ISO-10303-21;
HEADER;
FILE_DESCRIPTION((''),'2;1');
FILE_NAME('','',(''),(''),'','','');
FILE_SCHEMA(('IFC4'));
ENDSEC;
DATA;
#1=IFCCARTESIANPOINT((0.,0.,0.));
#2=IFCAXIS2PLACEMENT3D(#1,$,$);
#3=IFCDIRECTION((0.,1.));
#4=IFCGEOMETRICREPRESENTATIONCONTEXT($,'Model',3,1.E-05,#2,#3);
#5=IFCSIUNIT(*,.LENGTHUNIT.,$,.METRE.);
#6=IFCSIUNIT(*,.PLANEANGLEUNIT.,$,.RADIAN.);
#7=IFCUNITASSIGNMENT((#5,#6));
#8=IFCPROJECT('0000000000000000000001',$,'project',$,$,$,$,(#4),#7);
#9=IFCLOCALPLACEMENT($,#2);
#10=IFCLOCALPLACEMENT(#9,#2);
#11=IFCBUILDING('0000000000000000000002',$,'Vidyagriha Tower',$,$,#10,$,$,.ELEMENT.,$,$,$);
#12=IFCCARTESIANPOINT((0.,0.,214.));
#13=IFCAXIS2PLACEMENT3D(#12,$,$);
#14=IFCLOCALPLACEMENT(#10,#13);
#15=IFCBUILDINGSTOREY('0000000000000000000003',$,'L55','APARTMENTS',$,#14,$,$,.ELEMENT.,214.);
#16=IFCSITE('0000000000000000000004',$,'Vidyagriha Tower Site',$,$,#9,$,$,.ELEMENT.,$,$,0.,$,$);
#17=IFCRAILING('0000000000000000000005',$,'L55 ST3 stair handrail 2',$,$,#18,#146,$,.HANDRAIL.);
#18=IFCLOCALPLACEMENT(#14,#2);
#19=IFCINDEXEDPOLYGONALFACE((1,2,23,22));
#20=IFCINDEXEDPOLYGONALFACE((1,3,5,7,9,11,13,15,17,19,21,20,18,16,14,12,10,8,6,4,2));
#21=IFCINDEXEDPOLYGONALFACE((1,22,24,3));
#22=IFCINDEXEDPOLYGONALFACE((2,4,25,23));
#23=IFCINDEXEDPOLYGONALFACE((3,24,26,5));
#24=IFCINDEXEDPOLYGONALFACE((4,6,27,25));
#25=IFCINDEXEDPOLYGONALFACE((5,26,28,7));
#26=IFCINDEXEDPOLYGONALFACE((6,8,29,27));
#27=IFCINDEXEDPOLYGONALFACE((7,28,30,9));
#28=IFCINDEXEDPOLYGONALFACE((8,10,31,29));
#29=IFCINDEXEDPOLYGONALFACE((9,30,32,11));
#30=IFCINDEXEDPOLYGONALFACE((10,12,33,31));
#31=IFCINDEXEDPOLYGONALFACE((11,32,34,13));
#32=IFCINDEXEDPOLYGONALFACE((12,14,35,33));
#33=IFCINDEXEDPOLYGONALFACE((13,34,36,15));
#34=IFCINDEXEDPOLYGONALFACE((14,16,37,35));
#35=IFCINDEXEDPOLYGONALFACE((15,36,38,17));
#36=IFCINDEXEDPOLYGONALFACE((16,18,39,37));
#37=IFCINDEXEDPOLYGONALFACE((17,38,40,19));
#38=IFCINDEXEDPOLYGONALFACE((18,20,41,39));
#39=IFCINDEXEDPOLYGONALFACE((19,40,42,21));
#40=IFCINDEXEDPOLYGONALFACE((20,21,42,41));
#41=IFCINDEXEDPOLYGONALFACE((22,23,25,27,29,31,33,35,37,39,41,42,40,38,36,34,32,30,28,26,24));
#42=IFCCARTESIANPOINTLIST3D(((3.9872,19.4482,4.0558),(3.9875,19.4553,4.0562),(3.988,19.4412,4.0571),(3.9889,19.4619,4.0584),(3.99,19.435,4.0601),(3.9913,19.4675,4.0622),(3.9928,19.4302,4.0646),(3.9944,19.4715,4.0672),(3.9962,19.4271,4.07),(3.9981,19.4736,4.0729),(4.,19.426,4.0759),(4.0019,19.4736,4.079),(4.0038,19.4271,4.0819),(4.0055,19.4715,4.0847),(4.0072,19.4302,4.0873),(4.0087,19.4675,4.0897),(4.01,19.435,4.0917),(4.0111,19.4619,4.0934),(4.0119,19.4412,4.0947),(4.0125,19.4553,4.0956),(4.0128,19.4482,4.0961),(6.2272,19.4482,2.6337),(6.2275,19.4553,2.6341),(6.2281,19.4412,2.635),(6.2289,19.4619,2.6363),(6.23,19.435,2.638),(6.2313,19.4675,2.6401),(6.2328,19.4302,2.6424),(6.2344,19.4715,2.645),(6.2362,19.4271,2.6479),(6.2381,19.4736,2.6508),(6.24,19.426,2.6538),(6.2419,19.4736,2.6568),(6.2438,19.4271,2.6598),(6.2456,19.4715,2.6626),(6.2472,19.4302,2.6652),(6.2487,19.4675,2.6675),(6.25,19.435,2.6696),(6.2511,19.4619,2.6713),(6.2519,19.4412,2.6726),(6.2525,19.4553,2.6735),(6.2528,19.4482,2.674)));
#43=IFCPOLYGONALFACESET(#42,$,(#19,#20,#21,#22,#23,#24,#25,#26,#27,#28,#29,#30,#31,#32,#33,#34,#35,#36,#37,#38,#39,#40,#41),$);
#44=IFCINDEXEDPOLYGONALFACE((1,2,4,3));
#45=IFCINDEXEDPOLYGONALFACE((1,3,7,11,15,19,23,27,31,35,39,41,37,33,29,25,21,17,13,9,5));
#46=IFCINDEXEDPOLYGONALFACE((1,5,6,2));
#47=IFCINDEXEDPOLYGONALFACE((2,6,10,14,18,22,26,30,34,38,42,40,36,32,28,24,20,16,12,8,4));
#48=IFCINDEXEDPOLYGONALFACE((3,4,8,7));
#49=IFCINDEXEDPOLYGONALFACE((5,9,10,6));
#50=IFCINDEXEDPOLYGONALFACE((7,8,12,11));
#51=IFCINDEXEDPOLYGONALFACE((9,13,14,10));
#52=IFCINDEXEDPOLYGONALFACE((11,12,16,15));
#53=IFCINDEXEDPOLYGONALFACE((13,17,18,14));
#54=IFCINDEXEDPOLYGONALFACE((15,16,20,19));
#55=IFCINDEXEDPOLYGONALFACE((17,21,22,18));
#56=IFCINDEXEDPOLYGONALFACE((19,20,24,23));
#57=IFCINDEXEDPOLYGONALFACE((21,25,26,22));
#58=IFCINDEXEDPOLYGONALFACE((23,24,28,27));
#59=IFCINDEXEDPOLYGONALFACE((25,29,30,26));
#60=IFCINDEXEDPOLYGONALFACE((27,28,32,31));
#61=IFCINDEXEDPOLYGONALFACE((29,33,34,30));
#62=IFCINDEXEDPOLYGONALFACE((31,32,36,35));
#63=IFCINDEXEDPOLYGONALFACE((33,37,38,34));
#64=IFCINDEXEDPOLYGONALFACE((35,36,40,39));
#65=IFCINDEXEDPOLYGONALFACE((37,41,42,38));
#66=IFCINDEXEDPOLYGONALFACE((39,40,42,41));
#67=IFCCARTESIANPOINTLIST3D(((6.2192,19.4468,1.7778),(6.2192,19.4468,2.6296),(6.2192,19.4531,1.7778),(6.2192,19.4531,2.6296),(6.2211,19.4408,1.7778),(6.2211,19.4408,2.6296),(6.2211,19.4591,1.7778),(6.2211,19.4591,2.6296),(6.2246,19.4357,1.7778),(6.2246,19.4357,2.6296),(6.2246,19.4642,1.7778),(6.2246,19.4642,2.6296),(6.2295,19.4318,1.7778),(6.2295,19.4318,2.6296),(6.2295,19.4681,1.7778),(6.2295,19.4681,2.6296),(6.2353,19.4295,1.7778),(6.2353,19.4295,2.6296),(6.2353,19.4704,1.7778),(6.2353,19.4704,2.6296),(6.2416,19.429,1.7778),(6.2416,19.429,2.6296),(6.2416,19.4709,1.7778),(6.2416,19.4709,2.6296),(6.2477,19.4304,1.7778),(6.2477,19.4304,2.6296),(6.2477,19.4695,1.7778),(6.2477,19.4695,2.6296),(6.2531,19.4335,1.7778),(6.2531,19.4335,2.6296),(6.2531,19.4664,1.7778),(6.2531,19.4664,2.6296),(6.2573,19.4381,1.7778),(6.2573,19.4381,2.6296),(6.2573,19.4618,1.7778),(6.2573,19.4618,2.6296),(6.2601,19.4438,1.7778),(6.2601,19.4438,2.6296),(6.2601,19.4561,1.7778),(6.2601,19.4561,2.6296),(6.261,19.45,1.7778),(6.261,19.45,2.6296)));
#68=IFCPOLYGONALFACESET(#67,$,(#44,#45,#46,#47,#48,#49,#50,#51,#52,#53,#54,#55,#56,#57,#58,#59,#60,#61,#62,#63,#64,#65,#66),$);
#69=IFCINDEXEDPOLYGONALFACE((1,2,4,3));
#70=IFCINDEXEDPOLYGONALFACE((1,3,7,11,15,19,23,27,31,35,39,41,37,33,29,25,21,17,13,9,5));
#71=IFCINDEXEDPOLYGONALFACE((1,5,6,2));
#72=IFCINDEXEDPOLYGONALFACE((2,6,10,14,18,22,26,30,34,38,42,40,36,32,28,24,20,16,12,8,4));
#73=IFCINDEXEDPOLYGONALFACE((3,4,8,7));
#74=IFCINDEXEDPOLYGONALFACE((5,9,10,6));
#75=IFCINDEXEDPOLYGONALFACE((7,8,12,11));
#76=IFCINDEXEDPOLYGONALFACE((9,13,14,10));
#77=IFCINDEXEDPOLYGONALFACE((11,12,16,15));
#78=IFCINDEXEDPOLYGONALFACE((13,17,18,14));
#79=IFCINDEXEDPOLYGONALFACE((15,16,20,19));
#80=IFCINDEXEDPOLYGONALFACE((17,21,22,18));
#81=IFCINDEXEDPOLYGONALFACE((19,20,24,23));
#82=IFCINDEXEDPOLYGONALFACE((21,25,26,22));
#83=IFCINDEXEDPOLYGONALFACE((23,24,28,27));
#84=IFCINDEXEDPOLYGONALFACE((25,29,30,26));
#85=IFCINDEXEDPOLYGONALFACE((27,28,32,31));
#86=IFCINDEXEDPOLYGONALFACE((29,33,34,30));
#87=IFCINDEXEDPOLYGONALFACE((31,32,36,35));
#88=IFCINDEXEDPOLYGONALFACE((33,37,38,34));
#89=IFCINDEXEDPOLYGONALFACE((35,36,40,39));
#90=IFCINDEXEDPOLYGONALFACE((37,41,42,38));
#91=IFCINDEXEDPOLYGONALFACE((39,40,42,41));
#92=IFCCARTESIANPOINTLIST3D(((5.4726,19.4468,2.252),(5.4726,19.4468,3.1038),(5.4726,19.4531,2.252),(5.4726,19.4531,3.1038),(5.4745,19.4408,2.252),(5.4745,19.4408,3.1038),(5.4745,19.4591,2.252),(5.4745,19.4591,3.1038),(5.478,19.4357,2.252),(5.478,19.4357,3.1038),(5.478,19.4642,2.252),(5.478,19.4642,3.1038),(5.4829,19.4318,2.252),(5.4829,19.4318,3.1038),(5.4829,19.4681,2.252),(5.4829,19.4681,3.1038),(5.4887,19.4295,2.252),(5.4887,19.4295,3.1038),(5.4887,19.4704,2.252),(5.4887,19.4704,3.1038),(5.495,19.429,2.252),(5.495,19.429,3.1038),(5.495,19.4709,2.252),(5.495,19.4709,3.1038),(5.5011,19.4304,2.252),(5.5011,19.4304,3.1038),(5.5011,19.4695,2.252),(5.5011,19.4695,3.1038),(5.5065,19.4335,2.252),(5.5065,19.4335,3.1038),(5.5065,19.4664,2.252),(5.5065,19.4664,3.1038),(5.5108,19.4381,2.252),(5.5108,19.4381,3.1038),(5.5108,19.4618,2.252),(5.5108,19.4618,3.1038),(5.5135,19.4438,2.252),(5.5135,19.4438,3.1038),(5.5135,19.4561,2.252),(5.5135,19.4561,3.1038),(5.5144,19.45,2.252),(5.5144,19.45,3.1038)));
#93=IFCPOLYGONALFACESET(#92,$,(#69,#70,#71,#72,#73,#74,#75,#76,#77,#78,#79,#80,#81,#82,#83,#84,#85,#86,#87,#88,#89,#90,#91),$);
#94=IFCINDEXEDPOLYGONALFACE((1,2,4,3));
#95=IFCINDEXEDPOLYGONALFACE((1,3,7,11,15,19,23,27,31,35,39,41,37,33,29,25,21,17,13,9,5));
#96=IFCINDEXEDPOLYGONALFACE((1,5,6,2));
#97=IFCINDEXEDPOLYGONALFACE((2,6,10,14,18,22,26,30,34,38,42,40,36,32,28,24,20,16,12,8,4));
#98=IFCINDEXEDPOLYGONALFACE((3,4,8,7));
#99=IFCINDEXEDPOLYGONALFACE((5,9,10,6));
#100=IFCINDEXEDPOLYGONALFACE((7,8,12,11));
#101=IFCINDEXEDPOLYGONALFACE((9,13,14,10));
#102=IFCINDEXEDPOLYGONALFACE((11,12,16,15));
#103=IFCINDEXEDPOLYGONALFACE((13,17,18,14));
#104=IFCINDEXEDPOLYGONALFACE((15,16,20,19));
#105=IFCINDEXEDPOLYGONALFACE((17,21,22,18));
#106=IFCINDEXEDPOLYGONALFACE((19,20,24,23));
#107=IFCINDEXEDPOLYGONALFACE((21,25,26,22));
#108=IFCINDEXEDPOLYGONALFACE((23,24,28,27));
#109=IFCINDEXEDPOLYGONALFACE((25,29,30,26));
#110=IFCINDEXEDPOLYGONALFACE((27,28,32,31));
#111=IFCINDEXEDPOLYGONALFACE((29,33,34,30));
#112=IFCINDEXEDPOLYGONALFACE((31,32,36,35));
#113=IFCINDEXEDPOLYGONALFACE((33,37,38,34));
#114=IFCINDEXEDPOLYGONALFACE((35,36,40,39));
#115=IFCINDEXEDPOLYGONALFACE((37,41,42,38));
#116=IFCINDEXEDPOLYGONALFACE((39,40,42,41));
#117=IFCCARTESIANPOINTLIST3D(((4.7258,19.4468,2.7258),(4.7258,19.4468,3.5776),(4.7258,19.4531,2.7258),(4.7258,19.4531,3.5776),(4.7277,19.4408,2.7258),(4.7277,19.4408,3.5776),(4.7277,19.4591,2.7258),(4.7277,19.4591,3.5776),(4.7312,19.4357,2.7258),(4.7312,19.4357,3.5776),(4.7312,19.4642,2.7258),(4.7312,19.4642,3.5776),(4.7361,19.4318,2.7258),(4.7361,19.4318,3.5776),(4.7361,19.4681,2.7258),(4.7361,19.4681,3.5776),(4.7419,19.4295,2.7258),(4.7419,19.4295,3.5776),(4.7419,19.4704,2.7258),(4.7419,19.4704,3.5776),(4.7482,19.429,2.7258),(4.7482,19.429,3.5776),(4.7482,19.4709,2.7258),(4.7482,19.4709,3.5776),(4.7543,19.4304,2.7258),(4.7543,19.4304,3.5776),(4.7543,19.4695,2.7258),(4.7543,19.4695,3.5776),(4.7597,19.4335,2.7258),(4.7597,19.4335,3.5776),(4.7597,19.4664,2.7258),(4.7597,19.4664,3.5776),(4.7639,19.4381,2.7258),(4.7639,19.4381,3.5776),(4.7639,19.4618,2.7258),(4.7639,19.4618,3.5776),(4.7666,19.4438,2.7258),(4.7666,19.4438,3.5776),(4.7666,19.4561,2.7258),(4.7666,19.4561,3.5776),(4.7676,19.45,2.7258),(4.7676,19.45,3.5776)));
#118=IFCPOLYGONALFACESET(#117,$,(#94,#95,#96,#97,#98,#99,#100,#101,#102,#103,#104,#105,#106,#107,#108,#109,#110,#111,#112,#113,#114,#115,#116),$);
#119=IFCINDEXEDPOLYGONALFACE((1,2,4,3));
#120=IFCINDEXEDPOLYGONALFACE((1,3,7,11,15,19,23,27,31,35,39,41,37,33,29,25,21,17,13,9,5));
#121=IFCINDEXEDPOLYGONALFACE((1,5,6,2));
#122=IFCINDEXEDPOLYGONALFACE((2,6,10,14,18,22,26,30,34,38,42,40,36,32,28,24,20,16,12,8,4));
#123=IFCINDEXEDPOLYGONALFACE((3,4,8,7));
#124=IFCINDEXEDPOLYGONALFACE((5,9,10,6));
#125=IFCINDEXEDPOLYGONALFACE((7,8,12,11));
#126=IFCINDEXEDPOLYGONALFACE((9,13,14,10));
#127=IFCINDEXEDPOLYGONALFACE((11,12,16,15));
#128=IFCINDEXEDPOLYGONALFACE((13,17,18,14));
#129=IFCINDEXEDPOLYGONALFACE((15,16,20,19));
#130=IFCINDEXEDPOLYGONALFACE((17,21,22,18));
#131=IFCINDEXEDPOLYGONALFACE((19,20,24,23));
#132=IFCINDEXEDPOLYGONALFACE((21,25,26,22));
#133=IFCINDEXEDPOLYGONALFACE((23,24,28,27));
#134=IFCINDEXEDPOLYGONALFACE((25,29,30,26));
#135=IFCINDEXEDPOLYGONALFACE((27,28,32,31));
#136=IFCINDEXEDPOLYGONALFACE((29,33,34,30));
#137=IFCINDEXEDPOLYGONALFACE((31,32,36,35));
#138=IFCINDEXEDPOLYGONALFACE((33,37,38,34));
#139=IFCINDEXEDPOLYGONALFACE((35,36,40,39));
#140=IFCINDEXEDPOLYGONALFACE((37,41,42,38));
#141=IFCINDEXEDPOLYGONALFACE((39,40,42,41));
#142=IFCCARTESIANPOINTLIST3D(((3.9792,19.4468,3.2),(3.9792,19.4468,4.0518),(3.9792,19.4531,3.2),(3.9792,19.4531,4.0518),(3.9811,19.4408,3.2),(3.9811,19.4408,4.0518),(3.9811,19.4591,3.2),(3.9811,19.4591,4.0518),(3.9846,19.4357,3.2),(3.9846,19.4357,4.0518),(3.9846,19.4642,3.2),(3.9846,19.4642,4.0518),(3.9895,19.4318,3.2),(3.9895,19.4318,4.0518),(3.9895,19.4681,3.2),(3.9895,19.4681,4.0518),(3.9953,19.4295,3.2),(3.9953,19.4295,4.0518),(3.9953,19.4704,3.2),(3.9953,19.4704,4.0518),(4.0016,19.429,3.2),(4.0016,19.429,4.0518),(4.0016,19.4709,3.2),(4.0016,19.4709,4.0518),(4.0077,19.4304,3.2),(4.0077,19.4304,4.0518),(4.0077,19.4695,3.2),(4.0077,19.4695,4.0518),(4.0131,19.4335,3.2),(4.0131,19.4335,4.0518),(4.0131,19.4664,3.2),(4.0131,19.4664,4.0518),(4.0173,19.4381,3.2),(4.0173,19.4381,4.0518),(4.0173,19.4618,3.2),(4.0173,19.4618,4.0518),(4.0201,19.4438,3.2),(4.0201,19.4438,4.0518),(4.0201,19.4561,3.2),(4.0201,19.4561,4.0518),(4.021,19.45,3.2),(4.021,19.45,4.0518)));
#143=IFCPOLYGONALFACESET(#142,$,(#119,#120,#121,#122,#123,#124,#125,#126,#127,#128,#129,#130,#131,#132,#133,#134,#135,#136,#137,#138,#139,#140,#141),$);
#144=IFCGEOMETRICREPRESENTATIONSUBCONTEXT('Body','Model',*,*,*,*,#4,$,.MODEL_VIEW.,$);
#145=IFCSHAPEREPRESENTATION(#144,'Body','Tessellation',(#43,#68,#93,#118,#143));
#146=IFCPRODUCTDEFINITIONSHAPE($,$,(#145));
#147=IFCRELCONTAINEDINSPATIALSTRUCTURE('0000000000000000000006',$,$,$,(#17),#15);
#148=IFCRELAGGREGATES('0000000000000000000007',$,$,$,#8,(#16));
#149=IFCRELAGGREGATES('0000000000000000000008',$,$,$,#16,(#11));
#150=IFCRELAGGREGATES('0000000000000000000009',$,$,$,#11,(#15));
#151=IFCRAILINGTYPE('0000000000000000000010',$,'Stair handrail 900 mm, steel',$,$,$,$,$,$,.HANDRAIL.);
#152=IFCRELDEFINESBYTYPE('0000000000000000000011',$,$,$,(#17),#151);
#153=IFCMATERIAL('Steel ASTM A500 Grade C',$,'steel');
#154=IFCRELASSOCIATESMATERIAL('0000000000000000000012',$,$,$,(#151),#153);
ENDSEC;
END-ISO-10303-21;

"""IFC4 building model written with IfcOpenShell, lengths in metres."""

from ifc_helpers import new_model, si_unit, direction, frame, origin, origin_2d, place, context, subcontext, project, spatial, circle, extrude, material, type_object, element, save


model = new_model("IFC4")

# Units and contexts
model_context = context("Model", 3, precision=1e-05, world=origin(), true_north=direction((0.0, 1.0)))
body_context = subcontext(model_context, "Body", "Model", "MODEL_VIEW")
ifc_project = project(units=[si_unit("LENGTHUNIT", "METRE"), si_unit("PLANEANGLEUNIT", "RADIAN")], contexts=[model_context])

# Site, building, storey
site_placement = place(None, origin())
site = spatial("IfcSite", under=ifc_project, at=site_placement, Name="Vidyagriha Tower Site", CompositionType="ELEMENT", RefElevation=0.0)
building_placement = place(site_placement, origin())
building = spatial("IfcBuilding", under=site, at=building_placement, Name="Vidyagriha Tower", CompositionType="ELEMENT")
storey_placement = place(building_placement, frame((0.0, 0.0, 214.0)))
storey = spatial("IfcBuildingStorey", under=building, at=storey_placement, Name="L55", Description="APARTMENTS", CompositionType="ELEMENT", Elevation=214.0)

# Railing
ifc_material_1 = material(Name="Steel ASTM A500 Grade C", Category="steel")
railing_type_1 = type_object("IfcRailingType", Name="Stair handrail 900 mm, steel", PredefinedType="HANDRAIL", material=ifc_material_1)
railing_1_placement = place(storey_placement, frame((6.24, 19.45, 1.7778)))
element("IfcRailing", 1, at=railing_1_placement, inside=storey, type_object=railing_type_1, Name="L55 ST3 stair handrail 2", PredefinedType="HANDRAIL", context=body_context, shape_type="SweptSolid", body=[
    extrude(circle(Radius=0.0239, at=origin_2d()), frame((0.0, 0.0, 0.876), z_axis=(-0.844229, 0.0, 0.535982), x_axis=(0.0, -1.0, 0.0)), (0.0, 0.0, 1.0), 2.6533),
    extrude(circle(Radius=0.021, at=origin_2d()), origin(), (0.0, 0.0, 1.0), 0.8518),
    extrude(circle(Radius=0.021, at=origin_2d()), frame((-0.7466, 0.0, 0.4741)), (0.0, 0.0, 1.0), 0.8518),
    extrude(circle(Radius=0.021, at=origin_2d()), frame((-1.4934, 0.0, 0.948)), (0.0, 0.0, 1.0), 0.8518),
    extrude(circle(Radius=0.021, at=origin_2d()), frame((-2.24, 0.0, 1.4221)), (0.0, 0.0, 1.0), 0.8518),
])

save(model, "model.ifc")
